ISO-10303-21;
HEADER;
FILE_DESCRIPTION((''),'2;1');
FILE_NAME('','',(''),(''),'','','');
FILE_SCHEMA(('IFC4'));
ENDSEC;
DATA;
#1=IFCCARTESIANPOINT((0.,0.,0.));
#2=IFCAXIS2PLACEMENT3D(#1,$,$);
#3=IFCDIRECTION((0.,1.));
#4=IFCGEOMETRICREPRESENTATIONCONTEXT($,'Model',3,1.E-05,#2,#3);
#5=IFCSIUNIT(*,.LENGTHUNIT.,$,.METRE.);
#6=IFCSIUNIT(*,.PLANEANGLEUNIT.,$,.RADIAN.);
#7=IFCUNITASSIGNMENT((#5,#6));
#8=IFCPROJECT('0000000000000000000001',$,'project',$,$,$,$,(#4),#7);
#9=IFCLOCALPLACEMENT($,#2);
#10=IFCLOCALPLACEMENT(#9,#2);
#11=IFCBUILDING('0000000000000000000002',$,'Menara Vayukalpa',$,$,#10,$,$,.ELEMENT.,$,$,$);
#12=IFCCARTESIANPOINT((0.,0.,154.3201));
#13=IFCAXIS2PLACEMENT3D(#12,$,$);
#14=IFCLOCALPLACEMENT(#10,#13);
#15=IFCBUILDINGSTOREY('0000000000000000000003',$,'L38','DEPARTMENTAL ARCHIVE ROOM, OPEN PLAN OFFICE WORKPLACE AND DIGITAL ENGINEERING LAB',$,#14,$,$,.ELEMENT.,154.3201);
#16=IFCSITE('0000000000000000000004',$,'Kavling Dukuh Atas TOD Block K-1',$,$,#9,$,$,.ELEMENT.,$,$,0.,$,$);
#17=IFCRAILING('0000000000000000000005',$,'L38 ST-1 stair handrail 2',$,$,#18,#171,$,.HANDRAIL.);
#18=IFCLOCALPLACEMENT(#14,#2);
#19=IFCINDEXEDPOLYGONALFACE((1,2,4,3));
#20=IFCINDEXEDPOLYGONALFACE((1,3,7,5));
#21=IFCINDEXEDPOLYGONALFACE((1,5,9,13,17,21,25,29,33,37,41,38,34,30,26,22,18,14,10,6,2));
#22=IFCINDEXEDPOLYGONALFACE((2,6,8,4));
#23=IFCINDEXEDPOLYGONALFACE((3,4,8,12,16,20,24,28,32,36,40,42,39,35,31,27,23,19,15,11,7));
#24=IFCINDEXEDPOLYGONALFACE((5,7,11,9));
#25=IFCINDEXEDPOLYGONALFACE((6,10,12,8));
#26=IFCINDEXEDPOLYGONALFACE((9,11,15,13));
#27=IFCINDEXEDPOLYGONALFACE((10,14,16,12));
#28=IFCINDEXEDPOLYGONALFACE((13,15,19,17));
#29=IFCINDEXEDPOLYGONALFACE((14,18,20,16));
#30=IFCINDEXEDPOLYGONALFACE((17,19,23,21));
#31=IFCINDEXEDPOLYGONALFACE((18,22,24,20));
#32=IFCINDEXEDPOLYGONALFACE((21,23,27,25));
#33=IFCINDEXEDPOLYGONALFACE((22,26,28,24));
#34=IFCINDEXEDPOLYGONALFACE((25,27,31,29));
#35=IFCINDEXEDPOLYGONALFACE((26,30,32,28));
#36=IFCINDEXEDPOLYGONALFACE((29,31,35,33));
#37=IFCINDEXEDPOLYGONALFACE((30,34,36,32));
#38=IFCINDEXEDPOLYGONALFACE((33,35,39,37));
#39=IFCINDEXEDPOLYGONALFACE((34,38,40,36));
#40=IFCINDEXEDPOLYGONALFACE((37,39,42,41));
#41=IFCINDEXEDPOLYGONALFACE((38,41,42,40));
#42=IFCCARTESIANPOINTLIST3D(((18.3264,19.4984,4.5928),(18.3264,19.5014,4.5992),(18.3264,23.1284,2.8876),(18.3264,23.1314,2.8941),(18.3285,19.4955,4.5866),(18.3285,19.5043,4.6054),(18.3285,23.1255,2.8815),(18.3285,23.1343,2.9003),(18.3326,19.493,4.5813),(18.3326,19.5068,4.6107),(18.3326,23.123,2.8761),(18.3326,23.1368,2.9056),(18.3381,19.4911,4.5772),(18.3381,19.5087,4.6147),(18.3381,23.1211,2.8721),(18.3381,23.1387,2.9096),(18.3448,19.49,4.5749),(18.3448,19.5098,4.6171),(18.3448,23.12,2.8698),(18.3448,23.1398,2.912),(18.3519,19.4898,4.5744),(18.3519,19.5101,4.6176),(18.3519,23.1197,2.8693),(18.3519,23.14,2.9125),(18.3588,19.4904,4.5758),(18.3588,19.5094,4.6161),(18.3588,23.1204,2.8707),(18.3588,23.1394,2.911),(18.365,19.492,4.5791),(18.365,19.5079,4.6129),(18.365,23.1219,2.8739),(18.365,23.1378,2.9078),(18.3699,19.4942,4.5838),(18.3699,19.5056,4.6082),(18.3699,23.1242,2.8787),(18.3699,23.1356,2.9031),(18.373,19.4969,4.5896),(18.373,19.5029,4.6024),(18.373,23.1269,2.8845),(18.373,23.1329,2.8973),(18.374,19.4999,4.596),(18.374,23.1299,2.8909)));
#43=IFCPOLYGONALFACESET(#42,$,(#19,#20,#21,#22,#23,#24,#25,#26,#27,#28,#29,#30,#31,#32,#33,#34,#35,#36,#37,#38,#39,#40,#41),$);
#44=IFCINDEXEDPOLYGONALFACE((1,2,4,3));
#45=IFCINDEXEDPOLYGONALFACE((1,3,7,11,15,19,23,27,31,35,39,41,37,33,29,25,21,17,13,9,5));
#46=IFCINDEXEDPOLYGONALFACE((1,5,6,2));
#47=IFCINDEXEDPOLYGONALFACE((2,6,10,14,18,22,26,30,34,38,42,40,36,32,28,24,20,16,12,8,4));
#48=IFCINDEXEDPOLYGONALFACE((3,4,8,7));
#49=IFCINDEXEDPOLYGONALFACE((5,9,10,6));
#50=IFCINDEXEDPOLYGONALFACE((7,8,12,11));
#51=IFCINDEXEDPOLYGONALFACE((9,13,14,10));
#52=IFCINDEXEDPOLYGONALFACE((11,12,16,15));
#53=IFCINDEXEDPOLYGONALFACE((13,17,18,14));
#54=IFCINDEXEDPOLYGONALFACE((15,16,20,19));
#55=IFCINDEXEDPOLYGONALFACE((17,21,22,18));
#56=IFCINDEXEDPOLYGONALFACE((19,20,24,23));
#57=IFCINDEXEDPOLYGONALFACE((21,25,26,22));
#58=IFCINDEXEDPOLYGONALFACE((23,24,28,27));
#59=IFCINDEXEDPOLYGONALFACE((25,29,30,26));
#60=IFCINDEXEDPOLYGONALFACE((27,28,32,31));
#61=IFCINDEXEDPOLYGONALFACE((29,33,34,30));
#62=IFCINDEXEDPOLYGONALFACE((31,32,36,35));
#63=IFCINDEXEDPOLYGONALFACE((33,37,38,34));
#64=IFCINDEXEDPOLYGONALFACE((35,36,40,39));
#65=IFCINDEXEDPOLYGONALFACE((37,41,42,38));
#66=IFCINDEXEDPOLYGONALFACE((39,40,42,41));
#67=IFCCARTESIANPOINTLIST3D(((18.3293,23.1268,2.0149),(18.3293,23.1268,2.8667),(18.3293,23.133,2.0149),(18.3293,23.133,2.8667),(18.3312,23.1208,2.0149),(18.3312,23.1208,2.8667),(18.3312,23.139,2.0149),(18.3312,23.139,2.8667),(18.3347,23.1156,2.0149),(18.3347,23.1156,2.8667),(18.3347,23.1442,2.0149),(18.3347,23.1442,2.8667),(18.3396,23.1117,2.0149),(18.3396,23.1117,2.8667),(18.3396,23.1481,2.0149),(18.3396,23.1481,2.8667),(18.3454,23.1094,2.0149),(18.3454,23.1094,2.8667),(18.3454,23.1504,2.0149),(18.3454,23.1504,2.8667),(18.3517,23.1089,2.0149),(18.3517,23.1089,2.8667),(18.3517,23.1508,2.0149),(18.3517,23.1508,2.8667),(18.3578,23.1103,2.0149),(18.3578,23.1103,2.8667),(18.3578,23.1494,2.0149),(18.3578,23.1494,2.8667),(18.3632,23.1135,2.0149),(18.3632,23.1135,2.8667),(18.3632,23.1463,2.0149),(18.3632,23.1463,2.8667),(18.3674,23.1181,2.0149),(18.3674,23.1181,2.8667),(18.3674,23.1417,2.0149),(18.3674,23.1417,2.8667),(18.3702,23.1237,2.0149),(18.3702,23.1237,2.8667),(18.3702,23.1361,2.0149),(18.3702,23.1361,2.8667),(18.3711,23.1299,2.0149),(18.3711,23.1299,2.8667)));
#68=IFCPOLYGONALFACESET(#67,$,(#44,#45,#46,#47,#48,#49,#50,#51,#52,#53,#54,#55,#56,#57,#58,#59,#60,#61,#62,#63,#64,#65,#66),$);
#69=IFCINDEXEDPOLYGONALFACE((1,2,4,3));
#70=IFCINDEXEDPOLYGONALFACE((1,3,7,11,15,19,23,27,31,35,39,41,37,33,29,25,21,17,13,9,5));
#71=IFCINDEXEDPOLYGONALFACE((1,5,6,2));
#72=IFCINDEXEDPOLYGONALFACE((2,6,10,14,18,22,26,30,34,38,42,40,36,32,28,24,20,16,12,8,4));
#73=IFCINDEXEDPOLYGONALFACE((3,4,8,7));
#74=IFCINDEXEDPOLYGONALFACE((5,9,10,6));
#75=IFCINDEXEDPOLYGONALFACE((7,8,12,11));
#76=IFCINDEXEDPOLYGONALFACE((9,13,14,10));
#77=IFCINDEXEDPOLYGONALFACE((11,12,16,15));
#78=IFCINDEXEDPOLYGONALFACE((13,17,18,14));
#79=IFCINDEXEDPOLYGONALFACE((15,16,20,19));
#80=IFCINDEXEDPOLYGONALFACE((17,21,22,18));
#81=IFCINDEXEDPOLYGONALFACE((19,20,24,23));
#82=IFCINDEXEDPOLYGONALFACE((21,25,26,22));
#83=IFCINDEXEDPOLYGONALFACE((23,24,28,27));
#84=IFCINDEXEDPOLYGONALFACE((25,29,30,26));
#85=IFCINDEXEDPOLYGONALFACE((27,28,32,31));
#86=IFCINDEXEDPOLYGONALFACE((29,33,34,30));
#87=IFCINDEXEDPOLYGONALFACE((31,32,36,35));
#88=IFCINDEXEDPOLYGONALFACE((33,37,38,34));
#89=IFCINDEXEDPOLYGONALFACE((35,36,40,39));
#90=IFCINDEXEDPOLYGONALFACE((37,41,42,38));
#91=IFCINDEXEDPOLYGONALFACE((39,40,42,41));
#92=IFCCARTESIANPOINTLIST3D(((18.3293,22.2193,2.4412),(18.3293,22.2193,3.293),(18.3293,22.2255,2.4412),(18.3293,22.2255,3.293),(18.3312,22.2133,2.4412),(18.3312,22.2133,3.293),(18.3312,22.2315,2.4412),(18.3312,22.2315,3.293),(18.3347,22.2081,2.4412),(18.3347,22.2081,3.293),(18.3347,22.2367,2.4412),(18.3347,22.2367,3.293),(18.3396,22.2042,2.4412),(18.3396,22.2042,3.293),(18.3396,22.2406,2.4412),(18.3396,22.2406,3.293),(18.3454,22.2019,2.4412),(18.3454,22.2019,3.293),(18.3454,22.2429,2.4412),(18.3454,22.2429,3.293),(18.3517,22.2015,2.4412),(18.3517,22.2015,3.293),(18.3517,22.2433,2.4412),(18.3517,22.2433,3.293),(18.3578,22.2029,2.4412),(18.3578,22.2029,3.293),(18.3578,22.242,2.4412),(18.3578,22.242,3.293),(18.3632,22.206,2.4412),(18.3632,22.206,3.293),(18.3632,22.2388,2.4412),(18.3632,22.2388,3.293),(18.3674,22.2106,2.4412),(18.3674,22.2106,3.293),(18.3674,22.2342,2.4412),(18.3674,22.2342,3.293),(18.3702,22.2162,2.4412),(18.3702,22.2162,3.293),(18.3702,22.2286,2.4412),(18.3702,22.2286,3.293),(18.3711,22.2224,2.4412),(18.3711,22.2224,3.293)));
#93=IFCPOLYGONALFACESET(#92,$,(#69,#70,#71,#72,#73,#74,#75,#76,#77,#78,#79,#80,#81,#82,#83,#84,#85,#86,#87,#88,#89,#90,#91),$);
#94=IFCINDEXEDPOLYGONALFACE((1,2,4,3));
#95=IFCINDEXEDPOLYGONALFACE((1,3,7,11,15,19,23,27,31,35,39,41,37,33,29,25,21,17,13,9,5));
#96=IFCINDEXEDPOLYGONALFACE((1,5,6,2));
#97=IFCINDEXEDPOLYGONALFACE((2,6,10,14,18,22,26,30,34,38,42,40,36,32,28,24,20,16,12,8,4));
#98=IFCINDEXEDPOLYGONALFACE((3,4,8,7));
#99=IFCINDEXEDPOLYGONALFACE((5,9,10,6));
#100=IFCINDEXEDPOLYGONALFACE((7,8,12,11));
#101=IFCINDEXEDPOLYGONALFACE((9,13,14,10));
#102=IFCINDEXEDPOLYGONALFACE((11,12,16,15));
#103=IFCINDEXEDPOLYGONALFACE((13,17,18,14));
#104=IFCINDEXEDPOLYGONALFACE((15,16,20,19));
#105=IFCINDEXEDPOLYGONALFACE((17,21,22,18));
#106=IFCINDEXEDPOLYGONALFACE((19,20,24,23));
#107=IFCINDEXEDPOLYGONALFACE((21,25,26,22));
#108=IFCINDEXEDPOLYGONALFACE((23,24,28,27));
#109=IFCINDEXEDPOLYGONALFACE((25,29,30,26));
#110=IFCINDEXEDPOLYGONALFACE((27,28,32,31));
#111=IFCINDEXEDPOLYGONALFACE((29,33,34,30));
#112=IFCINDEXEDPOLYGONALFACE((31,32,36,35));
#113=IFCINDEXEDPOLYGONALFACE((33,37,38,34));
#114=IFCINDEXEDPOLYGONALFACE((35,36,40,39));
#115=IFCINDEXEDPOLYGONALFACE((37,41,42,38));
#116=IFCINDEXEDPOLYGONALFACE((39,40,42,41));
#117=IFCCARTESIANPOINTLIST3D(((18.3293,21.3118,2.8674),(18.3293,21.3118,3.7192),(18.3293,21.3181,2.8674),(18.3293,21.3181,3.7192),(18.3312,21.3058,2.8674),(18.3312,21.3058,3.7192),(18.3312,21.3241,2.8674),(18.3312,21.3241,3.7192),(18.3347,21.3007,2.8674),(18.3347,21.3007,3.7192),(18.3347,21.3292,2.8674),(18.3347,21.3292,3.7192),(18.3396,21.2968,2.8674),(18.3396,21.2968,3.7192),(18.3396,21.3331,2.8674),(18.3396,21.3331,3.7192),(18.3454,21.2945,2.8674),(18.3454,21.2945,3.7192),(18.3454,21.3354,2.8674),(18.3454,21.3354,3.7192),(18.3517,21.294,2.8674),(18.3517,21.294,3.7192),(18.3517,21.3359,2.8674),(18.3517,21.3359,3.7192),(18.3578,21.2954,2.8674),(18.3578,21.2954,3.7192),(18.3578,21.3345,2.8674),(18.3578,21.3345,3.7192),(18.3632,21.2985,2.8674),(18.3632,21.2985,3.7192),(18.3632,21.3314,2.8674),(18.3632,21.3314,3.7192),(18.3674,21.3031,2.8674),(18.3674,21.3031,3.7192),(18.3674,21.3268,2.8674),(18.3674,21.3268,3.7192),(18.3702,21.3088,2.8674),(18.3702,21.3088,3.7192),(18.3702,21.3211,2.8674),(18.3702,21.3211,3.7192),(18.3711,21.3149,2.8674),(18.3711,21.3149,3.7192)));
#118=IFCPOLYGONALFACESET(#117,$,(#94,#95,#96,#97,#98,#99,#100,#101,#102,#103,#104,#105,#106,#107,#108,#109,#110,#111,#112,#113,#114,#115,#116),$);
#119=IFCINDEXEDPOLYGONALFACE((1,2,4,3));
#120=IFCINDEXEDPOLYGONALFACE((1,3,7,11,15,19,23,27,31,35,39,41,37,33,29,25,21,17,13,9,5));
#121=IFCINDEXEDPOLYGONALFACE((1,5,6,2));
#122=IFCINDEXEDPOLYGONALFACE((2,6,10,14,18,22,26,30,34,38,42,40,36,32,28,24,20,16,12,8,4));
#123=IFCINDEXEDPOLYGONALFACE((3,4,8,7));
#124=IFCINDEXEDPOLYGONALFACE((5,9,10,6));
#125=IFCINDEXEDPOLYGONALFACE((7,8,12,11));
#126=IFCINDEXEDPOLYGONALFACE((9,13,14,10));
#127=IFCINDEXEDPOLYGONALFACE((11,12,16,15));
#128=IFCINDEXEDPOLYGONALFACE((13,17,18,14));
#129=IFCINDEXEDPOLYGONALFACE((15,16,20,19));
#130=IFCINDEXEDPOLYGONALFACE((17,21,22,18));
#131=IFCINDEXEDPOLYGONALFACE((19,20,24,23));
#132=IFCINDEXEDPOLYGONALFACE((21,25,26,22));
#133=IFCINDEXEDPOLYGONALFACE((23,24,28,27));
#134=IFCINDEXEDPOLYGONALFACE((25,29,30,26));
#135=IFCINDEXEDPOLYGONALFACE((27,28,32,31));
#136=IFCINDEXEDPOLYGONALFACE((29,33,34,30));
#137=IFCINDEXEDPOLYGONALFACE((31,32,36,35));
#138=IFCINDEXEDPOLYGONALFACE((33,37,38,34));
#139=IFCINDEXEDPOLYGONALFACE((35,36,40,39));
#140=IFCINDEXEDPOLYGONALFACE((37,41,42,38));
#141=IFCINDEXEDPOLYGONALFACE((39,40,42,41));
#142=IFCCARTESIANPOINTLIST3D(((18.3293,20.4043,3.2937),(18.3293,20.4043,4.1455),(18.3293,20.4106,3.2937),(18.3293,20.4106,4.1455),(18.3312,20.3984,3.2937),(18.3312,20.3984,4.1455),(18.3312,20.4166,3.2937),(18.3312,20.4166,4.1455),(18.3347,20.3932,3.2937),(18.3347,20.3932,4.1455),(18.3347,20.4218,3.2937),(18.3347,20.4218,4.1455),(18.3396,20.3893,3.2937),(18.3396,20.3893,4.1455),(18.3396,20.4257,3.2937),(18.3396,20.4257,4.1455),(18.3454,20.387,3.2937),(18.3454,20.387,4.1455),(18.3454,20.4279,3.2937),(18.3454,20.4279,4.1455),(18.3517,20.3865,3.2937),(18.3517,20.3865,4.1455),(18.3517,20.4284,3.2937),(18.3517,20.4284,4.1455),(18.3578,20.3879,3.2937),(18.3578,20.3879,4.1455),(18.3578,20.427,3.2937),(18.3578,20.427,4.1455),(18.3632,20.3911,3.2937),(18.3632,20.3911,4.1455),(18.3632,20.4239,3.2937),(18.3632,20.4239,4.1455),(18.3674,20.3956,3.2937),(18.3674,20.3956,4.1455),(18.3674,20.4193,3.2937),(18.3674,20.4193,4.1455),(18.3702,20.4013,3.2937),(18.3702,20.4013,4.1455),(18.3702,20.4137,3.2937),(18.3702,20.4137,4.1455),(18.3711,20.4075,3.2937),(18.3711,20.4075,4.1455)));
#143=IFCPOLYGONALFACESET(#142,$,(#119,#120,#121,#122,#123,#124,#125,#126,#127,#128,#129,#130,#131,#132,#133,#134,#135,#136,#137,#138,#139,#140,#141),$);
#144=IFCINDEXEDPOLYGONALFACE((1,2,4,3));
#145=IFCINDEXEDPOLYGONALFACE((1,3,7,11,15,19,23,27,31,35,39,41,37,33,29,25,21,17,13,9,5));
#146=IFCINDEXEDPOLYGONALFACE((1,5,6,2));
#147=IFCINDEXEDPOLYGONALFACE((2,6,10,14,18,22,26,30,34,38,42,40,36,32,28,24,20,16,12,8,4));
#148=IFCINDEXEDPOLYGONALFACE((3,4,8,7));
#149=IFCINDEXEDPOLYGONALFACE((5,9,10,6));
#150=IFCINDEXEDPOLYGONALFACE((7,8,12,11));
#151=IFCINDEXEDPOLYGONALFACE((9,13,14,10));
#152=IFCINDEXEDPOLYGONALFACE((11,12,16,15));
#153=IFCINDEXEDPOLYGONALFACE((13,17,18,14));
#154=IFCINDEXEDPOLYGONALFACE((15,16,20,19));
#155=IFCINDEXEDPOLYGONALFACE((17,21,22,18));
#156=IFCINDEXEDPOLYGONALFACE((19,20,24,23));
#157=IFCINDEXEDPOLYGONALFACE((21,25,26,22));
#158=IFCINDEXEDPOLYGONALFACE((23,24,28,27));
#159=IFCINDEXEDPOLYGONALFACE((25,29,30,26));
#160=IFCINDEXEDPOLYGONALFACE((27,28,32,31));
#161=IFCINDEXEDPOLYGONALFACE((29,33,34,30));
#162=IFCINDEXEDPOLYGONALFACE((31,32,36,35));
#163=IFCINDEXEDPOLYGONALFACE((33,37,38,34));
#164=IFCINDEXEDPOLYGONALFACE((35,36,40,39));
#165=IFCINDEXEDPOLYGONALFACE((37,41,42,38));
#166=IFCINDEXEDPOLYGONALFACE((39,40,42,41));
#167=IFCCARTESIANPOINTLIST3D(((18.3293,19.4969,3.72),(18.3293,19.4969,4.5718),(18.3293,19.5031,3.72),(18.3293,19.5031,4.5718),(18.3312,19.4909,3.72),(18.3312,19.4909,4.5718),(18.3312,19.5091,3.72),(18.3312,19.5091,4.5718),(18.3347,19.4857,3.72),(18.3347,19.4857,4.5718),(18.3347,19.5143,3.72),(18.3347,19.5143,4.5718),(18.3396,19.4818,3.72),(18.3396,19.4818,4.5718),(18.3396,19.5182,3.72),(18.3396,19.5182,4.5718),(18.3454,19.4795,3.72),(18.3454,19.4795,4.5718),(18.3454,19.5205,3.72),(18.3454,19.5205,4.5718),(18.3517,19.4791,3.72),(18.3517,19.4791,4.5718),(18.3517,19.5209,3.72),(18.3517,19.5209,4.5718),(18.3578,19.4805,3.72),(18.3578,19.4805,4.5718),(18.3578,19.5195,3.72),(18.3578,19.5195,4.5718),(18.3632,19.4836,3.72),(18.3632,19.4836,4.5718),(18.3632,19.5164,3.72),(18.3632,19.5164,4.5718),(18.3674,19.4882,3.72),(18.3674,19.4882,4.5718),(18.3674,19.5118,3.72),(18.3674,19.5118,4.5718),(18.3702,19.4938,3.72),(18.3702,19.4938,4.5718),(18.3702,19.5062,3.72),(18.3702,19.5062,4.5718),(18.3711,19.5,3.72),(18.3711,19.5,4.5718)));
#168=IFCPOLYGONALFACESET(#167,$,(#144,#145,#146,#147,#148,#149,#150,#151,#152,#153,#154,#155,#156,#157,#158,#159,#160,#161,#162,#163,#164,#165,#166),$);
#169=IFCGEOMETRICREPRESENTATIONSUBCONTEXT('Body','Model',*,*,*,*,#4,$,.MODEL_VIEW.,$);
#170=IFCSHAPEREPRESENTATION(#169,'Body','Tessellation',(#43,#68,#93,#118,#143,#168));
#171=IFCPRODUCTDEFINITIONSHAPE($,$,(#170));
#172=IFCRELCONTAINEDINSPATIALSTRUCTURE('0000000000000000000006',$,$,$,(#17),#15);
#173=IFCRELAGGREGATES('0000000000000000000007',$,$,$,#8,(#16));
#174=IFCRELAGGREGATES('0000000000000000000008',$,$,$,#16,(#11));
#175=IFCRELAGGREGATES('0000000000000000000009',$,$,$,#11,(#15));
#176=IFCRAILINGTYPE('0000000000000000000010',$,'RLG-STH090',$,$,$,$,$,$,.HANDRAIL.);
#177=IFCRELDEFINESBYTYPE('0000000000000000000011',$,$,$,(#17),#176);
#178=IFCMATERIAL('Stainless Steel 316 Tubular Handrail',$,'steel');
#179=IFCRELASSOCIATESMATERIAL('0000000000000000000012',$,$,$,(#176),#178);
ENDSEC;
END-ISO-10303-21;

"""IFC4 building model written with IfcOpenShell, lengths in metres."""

from ifc_helpers import new_model, si_unit, direction, frame, origin, origin_2d, place, context, subcontext, project, spatial, circle, extrude, material, type_object, element, save


model = new_model("IFC4")

# Units and contexts
model_context = context("Model", 3, precision=1e-05, world=origin(), true_north=direction((0.0, 1.0)))
body_context = subcontext(model_context, "Body", "Model", "MODEL_VIEW")
ifc_project = project(units=[si_unit("LENGTHUNIT", "METRE"), si_unit("PLANEANGLEUNIT", "RADIAN")], contexts=[model_context])

# Site, building, storey
site_placement = place(None, origin())
site = spatial("IfcSite", under=ifc_project, at=site_placement, Name="Kavling Dukuh Atas TOD Block K-1", CompositionType="ELEMENT", RefElevation=0.0)
building_placement = place(site_placement, origin())
building = spatial("IfcBuilding", under=site, at=building_placement, Name="Menara Vayukalpa", CompositionType="ELEMENT")
storey_placement = place(building_placement, frame((0.0, 0.0, 154.3201)))
storey = spatial("IfcBuildingStorey", under=building, at=storey_placement, Name="L38", Description="DEPARTMENTAL ARCHIVE ROOM, OPEN PLAN OFFICE WORKPLACE AND DIGITAL ENGINEERING LAB", CompositionType="ELEMENT", Elevation=154.3201)

# Railing
ifc_material_1 = material(Name="Stainless Steel 316 Tubular Handrail", Category="steel")
railing_type_1 = type_object("IfcRailingType", Name="RLG-STH090", PredefinedType="HANDRAIL", material=ifc_material_1)
railing_1_placement = place(storey_placement, frame((18.3501, 23.1299, 2.0149)))
element("IfcRailing", 1, at=railing_1_placement, inside=storey, type_object=railing_type_1, Name="L38 ST-1 stair handrail 2", PredefinedType="HANDRAIL", context=body_context, shape_type="SweptSolid", body=[
    extrude(circle(Radius=0.0239, at=origin_2d()), frame((0.0, 0.0, 0.876), z_axis=(0.0, -0.905116, 0.425164), x_axis=(1.0, 0.0, 0.0)), (0.0, 0.0, 1.0), 4.0105),
    extrude(circle(Radius=0.021, at=origin_2d()), origin(), (0.0, 0.0, 1.0), 0.8518),
    extrude(circle(Radius=0.021, at=origin_2d()), frame((0.0, -0.9075, 0.4263)), (0.0, 0.0, 1.0), 0.8518),
    extrude(circle(Radius=0.021, at=origin_2d()), frame((0.0, -1.8149, 0.8525)), (0.0, 0.0, 1.0), 0.8518),
    extrude(circle(Radius=0.021, at=origin_2d()), frame((0.0, -2.7224, 1.2788)), (0.0, 0.0, 1.0), 0.8518),
    extrude(circle(Radius=0.021, at=origin_2d()), frame((0.0, -3.6299, 1.7051)), (0.0, 0.0, 1.0), 0.8518),
])

save(model, "model.ifc")
